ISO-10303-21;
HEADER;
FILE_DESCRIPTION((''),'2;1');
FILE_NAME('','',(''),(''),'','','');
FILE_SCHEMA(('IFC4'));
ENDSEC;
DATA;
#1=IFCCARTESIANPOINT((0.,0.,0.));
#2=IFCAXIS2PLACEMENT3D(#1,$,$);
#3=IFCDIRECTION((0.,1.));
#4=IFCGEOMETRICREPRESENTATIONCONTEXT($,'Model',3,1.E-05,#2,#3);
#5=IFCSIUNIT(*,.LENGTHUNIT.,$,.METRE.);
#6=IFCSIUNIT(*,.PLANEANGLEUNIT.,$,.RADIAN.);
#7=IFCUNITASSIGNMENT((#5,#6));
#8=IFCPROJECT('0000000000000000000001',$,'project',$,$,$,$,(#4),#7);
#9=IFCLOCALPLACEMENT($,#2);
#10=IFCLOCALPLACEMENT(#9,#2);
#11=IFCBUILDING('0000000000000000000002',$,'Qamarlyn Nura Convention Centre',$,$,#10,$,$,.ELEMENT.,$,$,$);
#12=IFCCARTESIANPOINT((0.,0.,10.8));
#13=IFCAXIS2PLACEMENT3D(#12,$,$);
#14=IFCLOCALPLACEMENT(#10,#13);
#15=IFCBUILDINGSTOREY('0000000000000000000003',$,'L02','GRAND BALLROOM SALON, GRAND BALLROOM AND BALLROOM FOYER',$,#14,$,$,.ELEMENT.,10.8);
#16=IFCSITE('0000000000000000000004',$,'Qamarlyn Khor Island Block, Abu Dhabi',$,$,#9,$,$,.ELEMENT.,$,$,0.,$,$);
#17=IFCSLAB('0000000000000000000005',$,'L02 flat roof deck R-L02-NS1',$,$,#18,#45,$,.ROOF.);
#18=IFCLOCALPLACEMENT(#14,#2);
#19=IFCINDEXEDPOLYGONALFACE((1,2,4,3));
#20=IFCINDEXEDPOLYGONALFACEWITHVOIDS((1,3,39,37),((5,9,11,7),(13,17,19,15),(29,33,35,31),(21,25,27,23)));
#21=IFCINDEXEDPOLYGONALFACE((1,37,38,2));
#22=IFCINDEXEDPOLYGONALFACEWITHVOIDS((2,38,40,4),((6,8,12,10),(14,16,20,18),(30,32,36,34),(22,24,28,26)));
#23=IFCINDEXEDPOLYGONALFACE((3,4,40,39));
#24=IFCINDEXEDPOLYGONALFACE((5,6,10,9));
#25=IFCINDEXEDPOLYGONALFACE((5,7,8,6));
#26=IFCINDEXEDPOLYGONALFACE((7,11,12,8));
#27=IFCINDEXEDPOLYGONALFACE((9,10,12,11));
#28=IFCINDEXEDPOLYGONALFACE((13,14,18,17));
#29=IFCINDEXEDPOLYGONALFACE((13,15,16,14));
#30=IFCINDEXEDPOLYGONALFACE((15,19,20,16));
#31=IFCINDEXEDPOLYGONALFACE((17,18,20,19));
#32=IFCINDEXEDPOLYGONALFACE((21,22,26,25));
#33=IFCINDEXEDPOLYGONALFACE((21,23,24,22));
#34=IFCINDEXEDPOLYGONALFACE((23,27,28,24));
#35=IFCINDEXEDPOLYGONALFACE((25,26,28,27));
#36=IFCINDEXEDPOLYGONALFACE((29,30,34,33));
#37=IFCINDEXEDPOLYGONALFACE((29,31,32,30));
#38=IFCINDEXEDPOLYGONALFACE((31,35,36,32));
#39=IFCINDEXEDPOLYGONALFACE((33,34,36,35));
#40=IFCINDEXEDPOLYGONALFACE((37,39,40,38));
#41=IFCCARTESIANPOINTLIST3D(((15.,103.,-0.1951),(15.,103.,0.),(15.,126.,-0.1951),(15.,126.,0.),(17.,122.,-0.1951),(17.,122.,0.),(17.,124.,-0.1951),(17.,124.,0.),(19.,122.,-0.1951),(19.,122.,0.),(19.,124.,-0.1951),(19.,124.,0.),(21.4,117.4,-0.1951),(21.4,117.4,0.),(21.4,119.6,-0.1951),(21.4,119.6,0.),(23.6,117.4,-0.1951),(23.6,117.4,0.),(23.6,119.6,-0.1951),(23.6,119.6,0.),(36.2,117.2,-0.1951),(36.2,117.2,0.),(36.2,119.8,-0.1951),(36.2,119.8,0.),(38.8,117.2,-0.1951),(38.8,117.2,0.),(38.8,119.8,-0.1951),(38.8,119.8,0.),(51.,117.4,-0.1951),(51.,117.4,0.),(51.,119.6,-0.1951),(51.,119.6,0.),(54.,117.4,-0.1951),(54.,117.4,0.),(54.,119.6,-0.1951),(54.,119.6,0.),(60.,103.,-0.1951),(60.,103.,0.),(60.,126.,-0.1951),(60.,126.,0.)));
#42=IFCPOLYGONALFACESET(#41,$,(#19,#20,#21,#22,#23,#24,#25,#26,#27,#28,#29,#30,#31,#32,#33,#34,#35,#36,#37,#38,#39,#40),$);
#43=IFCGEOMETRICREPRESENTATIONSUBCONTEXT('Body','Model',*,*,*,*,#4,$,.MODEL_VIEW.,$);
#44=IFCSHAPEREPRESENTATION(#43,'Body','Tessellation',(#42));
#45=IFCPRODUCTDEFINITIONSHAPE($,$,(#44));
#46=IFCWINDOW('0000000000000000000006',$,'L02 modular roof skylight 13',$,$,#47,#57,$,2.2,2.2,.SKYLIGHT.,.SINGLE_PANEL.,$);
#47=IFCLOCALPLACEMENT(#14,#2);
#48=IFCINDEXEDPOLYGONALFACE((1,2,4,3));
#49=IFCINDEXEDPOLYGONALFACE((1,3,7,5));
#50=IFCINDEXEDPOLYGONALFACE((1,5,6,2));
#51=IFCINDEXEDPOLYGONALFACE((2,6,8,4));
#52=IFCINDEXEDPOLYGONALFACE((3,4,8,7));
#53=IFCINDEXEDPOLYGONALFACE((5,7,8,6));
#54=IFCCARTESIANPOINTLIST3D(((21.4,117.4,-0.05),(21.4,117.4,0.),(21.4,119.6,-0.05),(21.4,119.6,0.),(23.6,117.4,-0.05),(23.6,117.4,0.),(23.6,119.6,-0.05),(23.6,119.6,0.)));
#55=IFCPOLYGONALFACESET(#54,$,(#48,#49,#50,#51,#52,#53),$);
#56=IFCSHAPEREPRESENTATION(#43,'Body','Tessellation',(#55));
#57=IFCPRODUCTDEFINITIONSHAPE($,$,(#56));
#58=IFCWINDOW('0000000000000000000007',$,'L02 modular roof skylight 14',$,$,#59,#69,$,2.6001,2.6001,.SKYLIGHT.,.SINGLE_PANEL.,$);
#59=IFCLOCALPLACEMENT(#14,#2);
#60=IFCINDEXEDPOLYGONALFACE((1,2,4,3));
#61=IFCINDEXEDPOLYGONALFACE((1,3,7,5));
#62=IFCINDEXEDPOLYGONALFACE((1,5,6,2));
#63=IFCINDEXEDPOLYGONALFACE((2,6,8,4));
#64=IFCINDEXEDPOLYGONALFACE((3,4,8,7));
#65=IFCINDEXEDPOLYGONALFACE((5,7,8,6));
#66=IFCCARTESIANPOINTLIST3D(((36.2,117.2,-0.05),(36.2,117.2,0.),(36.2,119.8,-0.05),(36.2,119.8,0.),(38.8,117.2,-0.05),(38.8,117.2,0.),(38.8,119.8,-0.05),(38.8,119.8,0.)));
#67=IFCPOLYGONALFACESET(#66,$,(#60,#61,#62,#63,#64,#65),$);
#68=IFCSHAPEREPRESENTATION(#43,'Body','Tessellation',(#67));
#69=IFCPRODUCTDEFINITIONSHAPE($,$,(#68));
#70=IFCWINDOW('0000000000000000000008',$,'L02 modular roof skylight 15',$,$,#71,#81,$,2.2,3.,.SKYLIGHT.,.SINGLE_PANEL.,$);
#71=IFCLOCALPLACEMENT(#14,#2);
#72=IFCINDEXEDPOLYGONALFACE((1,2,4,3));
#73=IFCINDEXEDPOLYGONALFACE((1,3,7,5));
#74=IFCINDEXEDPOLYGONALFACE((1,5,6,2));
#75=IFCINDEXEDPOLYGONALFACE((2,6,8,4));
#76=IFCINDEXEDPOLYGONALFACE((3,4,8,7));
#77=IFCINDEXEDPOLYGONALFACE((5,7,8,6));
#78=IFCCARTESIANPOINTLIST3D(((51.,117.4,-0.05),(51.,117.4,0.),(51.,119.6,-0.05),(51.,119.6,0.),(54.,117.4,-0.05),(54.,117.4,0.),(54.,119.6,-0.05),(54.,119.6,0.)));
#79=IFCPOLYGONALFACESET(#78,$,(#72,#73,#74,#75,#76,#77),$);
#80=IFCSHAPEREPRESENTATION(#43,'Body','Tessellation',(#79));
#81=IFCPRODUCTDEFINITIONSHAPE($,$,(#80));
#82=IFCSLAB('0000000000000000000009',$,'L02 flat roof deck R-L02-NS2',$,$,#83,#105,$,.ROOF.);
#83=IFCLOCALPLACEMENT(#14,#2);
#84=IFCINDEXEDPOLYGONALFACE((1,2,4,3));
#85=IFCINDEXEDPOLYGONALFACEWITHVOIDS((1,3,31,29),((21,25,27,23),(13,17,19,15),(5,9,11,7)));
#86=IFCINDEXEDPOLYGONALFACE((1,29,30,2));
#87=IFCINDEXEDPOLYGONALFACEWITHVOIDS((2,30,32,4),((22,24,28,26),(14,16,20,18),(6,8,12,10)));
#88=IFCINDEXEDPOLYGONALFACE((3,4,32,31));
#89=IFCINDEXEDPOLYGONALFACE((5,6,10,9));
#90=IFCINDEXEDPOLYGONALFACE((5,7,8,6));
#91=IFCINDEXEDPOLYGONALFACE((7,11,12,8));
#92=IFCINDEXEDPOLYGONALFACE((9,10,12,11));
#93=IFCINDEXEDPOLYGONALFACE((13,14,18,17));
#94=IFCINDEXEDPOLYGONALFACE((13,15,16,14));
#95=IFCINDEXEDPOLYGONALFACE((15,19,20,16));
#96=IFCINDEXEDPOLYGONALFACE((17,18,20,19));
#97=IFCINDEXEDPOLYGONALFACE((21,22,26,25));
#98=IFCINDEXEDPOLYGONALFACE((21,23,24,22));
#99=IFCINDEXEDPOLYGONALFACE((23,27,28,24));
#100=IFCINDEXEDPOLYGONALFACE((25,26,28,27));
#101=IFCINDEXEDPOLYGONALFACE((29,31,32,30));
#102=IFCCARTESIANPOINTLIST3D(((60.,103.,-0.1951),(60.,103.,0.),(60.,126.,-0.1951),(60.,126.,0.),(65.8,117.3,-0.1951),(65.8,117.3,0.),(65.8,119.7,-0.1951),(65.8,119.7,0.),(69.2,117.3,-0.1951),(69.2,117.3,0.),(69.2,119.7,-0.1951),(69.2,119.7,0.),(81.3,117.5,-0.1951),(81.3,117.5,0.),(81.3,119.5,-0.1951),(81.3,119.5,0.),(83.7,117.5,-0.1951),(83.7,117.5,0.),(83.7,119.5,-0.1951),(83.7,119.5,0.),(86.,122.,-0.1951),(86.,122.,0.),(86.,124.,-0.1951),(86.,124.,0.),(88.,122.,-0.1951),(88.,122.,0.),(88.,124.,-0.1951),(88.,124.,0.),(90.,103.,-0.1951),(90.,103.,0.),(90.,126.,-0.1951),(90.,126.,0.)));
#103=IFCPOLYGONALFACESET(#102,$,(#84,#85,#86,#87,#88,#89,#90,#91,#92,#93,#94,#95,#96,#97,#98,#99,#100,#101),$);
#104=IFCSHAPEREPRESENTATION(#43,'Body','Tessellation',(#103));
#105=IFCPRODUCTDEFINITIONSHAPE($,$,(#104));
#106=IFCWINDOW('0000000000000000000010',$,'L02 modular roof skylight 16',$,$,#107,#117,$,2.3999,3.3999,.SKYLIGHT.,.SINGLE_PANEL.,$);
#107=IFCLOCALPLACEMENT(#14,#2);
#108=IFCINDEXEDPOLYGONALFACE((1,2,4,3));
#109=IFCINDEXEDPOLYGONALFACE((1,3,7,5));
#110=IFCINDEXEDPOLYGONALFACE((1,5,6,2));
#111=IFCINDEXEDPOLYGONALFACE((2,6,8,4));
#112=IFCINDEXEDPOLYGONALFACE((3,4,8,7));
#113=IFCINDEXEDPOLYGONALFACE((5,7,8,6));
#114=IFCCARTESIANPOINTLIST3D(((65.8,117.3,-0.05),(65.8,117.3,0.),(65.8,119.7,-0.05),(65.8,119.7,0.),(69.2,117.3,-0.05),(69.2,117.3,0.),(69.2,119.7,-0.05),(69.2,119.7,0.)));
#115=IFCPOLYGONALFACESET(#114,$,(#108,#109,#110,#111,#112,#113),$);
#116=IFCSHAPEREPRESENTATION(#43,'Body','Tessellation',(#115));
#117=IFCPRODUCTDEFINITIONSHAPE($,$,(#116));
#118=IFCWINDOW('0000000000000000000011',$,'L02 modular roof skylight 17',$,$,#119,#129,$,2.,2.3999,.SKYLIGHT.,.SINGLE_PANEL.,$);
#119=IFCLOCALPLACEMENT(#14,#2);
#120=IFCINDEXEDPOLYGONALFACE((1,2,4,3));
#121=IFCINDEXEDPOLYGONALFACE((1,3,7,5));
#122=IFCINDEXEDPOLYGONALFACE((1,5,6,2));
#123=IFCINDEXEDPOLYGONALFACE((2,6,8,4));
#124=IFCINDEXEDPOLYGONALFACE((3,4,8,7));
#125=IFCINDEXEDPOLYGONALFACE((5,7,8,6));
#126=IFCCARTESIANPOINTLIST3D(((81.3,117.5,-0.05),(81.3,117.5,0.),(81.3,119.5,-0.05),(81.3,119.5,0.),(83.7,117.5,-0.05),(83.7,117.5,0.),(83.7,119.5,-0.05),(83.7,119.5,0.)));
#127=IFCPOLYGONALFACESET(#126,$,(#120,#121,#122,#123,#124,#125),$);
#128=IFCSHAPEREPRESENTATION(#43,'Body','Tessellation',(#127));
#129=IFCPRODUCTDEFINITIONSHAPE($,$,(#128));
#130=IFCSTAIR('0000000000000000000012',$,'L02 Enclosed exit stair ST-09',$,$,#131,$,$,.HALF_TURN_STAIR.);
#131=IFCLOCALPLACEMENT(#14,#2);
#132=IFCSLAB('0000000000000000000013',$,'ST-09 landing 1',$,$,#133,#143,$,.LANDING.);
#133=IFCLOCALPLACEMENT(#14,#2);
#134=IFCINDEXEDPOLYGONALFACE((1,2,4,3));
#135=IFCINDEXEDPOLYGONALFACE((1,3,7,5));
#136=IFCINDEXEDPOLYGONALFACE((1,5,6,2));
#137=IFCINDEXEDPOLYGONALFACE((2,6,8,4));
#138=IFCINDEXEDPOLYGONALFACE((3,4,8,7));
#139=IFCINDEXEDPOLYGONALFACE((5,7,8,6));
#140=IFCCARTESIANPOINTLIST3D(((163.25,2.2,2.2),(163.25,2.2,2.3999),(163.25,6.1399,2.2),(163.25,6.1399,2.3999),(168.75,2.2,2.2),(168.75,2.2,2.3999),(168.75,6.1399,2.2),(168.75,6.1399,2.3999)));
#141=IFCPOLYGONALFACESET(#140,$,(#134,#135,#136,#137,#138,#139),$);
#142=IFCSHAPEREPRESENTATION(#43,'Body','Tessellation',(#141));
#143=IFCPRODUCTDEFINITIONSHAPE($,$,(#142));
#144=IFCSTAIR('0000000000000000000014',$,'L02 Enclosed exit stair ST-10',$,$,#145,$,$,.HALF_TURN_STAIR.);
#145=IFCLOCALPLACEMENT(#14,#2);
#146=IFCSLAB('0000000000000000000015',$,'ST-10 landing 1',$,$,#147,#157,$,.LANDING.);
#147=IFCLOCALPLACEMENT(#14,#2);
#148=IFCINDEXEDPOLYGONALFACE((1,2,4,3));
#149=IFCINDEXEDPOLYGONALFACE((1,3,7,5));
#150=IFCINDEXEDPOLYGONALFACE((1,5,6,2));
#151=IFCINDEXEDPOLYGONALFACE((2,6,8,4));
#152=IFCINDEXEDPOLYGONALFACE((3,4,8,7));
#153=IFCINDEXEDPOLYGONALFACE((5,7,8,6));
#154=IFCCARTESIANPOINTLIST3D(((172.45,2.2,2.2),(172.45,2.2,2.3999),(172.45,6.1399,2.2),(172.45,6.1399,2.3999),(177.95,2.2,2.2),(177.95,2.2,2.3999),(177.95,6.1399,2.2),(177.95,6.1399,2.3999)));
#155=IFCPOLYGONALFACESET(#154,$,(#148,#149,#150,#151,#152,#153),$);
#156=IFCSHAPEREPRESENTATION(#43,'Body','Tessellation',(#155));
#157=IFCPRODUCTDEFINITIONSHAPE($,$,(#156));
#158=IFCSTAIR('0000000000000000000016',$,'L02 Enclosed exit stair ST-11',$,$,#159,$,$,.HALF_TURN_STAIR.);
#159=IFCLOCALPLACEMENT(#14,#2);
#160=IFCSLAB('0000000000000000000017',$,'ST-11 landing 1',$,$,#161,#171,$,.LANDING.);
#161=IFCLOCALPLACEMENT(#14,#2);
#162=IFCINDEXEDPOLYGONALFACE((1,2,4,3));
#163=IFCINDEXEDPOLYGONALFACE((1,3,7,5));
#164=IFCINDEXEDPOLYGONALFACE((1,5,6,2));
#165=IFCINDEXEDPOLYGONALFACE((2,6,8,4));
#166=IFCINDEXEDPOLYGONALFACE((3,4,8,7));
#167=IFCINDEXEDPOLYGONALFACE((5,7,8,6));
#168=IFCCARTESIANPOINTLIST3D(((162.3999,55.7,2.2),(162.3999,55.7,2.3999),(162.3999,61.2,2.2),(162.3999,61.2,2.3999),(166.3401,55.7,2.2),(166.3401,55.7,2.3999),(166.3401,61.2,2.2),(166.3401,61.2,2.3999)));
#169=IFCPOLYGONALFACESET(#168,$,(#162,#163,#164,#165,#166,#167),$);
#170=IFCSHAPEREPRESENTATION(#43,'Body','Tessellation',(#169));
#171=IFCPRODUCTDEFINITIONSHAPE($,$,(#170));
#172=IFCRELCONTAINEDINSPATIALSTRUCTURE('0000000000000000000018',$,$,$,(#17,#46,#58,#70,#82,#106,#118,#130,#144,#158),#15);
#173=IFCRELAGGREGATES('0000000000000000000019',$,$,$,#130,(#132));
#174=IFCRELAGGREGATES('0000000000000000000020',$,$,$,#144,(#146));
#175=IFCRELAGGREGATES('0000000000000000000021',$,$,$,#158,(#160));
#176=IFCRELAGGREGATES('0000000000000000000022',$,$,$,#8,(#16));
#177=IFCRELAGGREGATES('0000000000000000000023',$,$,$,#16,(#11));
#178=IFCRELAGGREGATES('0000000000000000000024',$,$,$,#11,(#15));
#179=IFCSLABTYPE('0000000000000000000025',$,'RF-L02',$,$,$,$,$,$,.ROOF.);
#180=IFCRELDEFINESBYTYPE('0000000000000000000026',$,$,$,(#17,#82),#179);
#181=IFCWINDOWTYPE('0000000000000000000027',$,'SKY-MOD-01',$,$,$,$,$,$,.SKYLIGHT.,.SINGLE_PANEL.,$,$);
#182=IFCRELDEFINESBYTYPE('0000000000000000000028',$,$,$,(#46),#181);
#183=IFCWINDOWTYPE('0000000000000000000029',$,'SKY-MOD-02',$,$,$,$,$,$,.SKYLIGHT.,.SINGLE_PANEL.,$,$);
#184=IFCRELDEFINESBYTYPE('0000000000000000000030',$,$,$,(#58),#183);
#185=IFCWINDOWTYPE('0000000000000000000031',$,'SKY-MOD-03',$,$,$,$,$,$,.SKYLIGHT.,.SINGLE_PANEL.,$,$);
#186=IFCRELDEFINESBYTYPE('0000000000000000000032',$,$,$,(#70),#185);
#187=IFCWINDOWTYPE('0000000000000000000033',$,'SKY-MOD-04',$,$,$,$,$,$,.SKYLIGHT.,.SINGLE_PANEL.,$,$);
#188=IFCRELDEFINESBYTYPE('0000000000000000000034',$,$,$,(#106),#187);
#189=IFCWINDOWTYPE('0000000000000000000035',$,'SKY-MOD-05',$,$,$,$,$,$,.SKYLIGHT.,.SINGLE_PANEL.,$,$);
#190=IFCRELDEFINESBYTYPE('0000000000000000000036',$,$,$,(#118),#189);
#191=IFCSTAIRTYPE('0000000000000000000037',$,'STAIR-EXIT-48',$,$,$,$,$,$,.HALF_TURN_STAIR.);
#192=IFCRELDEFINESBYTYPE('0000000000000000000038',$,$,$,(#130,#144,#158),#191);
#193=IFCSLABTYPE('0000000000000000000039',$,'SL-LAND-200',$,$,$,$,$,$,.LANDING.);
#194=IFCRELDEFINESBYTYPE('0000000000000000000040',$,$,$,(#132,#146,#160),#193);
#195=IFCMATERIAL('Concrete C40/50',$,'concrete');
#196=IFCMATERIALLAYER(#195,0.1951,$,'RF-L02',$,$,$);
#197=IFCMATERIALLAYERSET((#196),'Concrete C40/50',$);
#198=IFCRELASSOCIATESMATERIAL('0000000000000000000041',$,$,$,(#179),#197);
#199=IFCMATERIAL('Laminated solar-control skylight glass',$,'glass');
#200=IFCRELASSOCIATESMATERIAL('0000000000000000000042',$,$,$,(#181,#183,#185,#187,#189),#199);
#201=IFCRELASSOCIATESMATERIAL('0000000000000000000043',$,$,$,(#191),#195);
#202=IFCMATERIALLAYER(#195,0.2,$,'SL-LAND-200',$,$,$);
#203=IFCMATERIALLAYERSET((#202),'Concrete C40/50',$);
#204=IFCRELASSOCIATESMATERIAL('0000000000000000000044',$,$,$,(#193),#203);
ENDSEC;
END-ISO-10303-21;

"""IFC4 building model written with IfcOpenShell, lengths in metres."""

from ifc_helpers import new_model, si_unit, direction, frame, origin, origin_2d, place, context, subcontext, project, spatial, polyline, rectangle, outline, extrude, material, layer, layer_set, type_object, element, fill, aggregate, save


model = new_model("IFC4")

# Units and contexts
model_context = context("Model", 3, precision=1e-05, world=origin(), true_north=direction((0.0, 1.0)))
body_context = subcontext(model_context, "Body", "Model", "MODEL_VIEW")
ifc_project = project(units=[si_unit("LENGTHUNIT", "METRE"), si_unit("PLANEANGLEUNIT", "RADIAN")], contexts=[model_context])

# Site, building, storey
site_placement = place(None, origin())
site = spatial("IfcSite", under=ifc_project, at=site_placement, Name="Qamarlyn Khor Island Block, Abu Dhabi", CompositionType="ELEMENT", RefElevation=0.0)
building_placement = place(site_placement, origin())
building = spatial("IfcBuilding", under=site, at=building_placement, Name="Qamarlyn Nura Convention Centre", CompositionType="ELEMENT")
storey_placement = place(building_placement, frame((0.0, 0.0, 10.8)))
storey = spatial("IfcBuildingStorey", under=building, at=storey_placement, Name="L02", Description="GRAND BALLROOM SALON, GRAND BALLROOM AND BALLROOM FOYER", CompositionType="ELEMENT", Elevation=10.8)

# Shared definitions
ifc_material_1 = material(Name="Concrete C40/50", Category="concrete")

# Slabs, openings, windows
ifc_layer_1 = layer(ifc_material_1, 0.1951, Name="RF-L02")
ifc_layer_set_1 = layer_set([ifc_layer_1], Name="Concrete C40/50")
slab_type_1 = type_object("IfcSlabType", Name="RF-L02", PredefinedType="ROOF", material=ifc_layer_set_1)
slab_1_placement = place(storey_placement, frame((0.0, 0.0, -0.1951)))
slab_1 = element("IfcSlab", 1, at=slab_1_placement, inside=storey, type_object=slab_type_1, Name="L02 flat roof deck R-L02-NS1", PredefinedType="ROOF", context=body_context, shape_type="SweptSolid", body=[
    extrude(outline(polyline([(15.0, 103.0), (15.0, 126.0), (60.0, 126.0), (60.0, 103.0), (15.0, 103.0)]), holes=[polyline([(19.0, 124.0), (17.0, 124.0), (17.0, 122.0), (19.0, 122.0), (19.0, 124.0)])]), origin(), (0.0, 0.0, 1.0), 0.1951),
])
opening_1_placement = place(slab_1_placement, frame((22.5, 118.5, 0.0)))
opening_1 = element("IfcOpeningElement", 2, at=opening_1_placement, cuts=slab_1, PredefinedType="OPENING", context=body_context, shape_type="SweptSolid", body=[
    extrude(rectangle(XDim=2.2, YDim=2.2, at=origin_2d()), frame((0.0, 0.0, -0.01)), (0.0, 0.0, 1.0), 0.2151),
])
opening_2_placement = place(slab_1_placement, frame((37.5, 118.5, 0.0)))
opening_2 = element("IfcOpeningElement", 3, at=opening_2_placement, cuts=slab_1, PredefinedType="OPENING", context=body_context, shape_type="SweptSolid", body=[
    extrude(rectangle(XDim=2.6001, YDim=2.6001, at=origin_2d()), frame((0.0, 0.0, -0.01)), (0.0, 0.0, 1.0), 0.2151),
])
opening_3_placement = place(slab_1_placement, frame((52.5, 118.5, 0.0)))
opening_3 = element("IfcOpeningElement", 4, at=opening_3_placement, cuts=slab_1, PredefinedType="OPENING", context=body_context, shape_type="SweptSolid", body=[
    extrude(rectangle(XDim=3.0, YDim=2.2, at=origin_2d()), frame((0.0, 0.0, -0.01)), (0.0, 0.0, 1.0), 0.2151),
])
ifc_material_2 = material(Name="Laminated solar-control skylight glass", Category="glass")
window_type_1 = type_object("IfcWindowType", Name="SKY-MOD-01", PartitioningType="SINGLE_PANEL", PredefinedType="SKYLIGHT", material=ifc_material_2)
window_1_placement = place(opening_1_placement, frame((0.0, 0.0, 0.145)))
window_1 = element("IfcWindow", 5, at=window_1_placement, inside=storey, type_object=window_type_1, Name="L02 modular roof skylight 13", OverallHeight=2.2, OverallWidth=2.2, PartitioningType="SINGLE_PANEL", PredefinedType="SKYLIGHT", context=body_context, shape_type="SweptSolid", body=[
    extrude(rectangle(XDim=2.2, YDim=2.2, at=origin_2d()), origin(), (0.0, 0.0, 1.0), 0.05),
])
fill(opening_1, window_1)
window_type_2 = type_object("IfcWindowType", Name="SKY-MOD-02", PartitioningType="SINGLE_PANEL", PredefinedType="SKYLIGHT", material=ifc_material_2)
window_2_placement = place(opening_2_placement, frame((0.0, 0.0, 0.145)))
window_2 = element("IfcWindow", 6, at=window_2_placement, inside=storey, type_object=window_type_2, Name="L02 modular roof skylight 14", OverallHeight=2.6001, OverallWidth=2.6001, PartitioningType="SINGLE_PANEL", PredefinedType="SKYLIGHT", context=body_context, shape_type="SweptSolid", body=[
    extrude(rectangle(XDim=2.6001, YDim=2.6001, at=origin_2d()), origin(), (0.0, 0.0, 1.0), 0.05),
])
fill(opening_2, window_2)
window_type_3 = type_object("IfcWindowType", Name="SKY-MOD-03", PartitioningType="SINGLE_PANEL", PredefinedType="SKYLIGHT", material=ifc_material_2)
window_3_placement = place(opening_3_placement, frame((0.0, 0.0, 0.145)))
window_3 = element("IfcWindow", 7, at=window_3_placement, inside=storey, type_object=window_type_3, Name="L02 modular roof skylight 15", OverallHeight=2.2, OverallWidth=3.0, PartitioningType="SINGLE_PANEL", PredefinedType="SKYLIGHT", context=body_context, shape_type="SweptSolid", body=[
    extrude(rectangle(XDim=3.0, YDim=2.2, at=origin_2d()), origin(), (0.0, 0.0, 1.0), 0.05),
])
fill(opening_3, window_3)
slab_2_placement = place(storey_placement, frame((0.0, 0.0, -0.1951)))
slab_2 = element("IfcSlab", 8, at=slab_2_placement, inside=storey, type_object=slab_type_1, Name="L02 flat roof deck R-L02-NS2", PredefinedType="ROOF", context=body_context, shape_type="SweptSolid", body=[
    extrude(outline(polyline([(60.0, 103.0), (60.0, 126.0), (90.0, 126.0), (90.0, 103.0), (60.0, 103.0)]), holes=[polyline([(88.0, 124.0), (86.0, 124.0), (86.0, 122.0), (88.0, 122.0), (88.0, 124.0)])]), origin(), (0.0, 0.0, 1.0), 0.1951),
])
opening_4_placement = place(slab_2_placement, frame((67.5, 118.5, 0.0)))
opening_4 = element("IfcOpeningElement", 9, at=opening_4_placement, cuts=slab_2, PredefinedType="OPENING", context=body_context, shape_type="SweptSolid", body=[
    extrude(rectangle(XDim=3.3999, YDim=2.3999, at=origin_2d()), frame((0.0, 0.0, -0.01)), (0.0, 0.0, 1.0), 0.2151),
])
opening_5_placement = place(slab_2_placement, frame((82.5, 118.5, 0.0)))
opening_5 = element("IfcOpeningElement", 10, at=opening_5_placement, cuts=slab_2, PredefinedType="OPENING", context=body_context, shape_type="SweptSolid", body=[
    extrude(rectangle(XDim=2.3999, YDim=2.0, at=origin_2d()), frame((0.0, 0.0, -0.01)), (0.0, 0.0, 1.0), 0.2151),
])
window_type_4 = type_object("IfcWindowType", Name="SKY-MOD-04", PartitioningType="SINGLE_PANEL", PredefinedType="SKYLIGHT", material=ifc_material_2)
window_4_placement = place(opening_4_placement, frame((0.0, 0.0, 0.145)))
window_4 = element("IfcWindow", 11, at=window_4_placement, inside=storey, type_object=window_type_4, Name="L02 modular roof skylight 16", OverallHeight=2.3999, OverallWidth=3.3999, PartitioningType="SINGLE_PANEL", PredefinedType="SKYLIGHT", context=body_context, shape_type="SweptSolid", body=[
    extrude(rectangle(XDim=3.3999, YDim=2.3999, at=origin_2d()), origin(), (0.0, 0.0, 1.0), 0.05),
])
fill(opening_4, window_4)
window_type_5 = type_object("IfcWindowType", Name="SKY-MOD-05", PartitioningType="SINGLE_PANEL", PredefinedType="SKYLIGHT", material=ifc_material_2)
window_5_placement = place(opening_5_placement, frame((0.0, 0.0, 0.145)))
window_5 = element("IfcWindow", 12, at=window_5_placement, inside=storey, type_object=window_type_5, Name="L02 modular roof skylight 17", OverallHeight=2.0, OverallWidth=2.3999, PartitioningType="SINGLE_PANEL", PredefinedType="SKYLIGHT", context=body_context, shape_type="SweptSolid", body=[
    extrude(rectangle(XDim=2.3999, YDim=2.0, at=origin_2d()), origin(), (0.0, 0.0, 1.0), 0.05),
])
fill(opening_5, window_5)

# Stairs, slabs
stair_type = type_object("IfcStairType", Name="STAIR-EXIT-48", PredefinedType="HALF_TURN_STAIR", material=ifc_material_1)
stair_1_placement = place(storey_placement, origin())
stair_1 = element("IfcStair", 13, at=stair_1_placement, inside=storey, type_object=stair_type, Name="L02 Enclosed exit stair ST-09", PredefinedType="HALF_TURN_STAIR")
ifc_layer_2 = layer(ifc_material_1, 0.2, Name="SL-LAND-200")
ifc_layer_set_2 = layer_set([ifc_layer_2], Name="Concrete C40/50")
slab_type_2 = type_object("IfcSlabType", Name="SL-LAND-200", PredefinedType="LANDING", material=ifc_layer_set_2)
slab_3_placement = place(storey_placement, frame((0.0, 0.0, 2.2)))
slab_3 = element("IfcSlab", 14, at=slab_3_placement, type_object=slab_type_2, Name="ST-09 landing 1", PredefinedType="LANDING", context=body_context, shape_type="SweptSolid", body=[
    extrude(outline(polyline([(163.25, 6.1399), (163.25, 2.2), (168.75, 2.2), (168.75, 6.1399), (163.25, 6.1399)])), origin(), (0.0, 0.0, 1.0), 0.2),
])
aggregate(stair_1, [slab_3])
stair_2_placement = place(storey_placement, origin())
stair_2 = element("IfcStair", 15, at=stair_2_placement, inside=storey, type_object=stair_type, Name="L02 Enclosed exit stair ST-10", PredefinedType="HALF_TURN_STAIR")
slab_4_placement = place(storey_placement, frame((0.0, 0.0, 2.2)))
slab_4 = element("IfcSlab", 16, at=slab_4_placement, type_object=slab_type_2, Name="ST-10 landing 1", PredefinedType="LANDING", context=body_context, shape_type="SweptSolid", body=[
    extrude(outline(polyline([(172.45, 6.1399), (172.45, 2.2), (177.95, 2.2), (177.95, 6.1399), (172.45, 6.1399)])), origin(), (0.0, 0.0, 1.0), 0.2),
])
aggregate(stair_2, [slab_4])
stair_3_placement = place(storey_placement, origin())
stair_3 = element("IfcStair", 17, at=stair_3_placement, inside=storey, type_object=stair_type, Name="L02 Enclosed exit stair ST-11", PredefinedType="HALF_TURN_STAIR")
slab_5_placement = place(storey_placement, frame((0.0, 0.0, 2.2)))
slab_5 = element("IfcSlab", 18, at=slab_5_placement, type_object=slab_type_2, Name="ST-11 landing 1", PredefinedType="LANDING", context=body_context, shape_type="SweptSolid", body=[
    extrude(outline(polyline([(166.3401, 61.2), (162.3999, 61.2), (162.3999, 55.7), (166.3401, 55.7), (166.3401, 61.2)])), origin(), (0.0, 0.0, 1.0), 0.2),
])
aggregate(stair_3, [slab_5])

save(model, "model.ifc")
